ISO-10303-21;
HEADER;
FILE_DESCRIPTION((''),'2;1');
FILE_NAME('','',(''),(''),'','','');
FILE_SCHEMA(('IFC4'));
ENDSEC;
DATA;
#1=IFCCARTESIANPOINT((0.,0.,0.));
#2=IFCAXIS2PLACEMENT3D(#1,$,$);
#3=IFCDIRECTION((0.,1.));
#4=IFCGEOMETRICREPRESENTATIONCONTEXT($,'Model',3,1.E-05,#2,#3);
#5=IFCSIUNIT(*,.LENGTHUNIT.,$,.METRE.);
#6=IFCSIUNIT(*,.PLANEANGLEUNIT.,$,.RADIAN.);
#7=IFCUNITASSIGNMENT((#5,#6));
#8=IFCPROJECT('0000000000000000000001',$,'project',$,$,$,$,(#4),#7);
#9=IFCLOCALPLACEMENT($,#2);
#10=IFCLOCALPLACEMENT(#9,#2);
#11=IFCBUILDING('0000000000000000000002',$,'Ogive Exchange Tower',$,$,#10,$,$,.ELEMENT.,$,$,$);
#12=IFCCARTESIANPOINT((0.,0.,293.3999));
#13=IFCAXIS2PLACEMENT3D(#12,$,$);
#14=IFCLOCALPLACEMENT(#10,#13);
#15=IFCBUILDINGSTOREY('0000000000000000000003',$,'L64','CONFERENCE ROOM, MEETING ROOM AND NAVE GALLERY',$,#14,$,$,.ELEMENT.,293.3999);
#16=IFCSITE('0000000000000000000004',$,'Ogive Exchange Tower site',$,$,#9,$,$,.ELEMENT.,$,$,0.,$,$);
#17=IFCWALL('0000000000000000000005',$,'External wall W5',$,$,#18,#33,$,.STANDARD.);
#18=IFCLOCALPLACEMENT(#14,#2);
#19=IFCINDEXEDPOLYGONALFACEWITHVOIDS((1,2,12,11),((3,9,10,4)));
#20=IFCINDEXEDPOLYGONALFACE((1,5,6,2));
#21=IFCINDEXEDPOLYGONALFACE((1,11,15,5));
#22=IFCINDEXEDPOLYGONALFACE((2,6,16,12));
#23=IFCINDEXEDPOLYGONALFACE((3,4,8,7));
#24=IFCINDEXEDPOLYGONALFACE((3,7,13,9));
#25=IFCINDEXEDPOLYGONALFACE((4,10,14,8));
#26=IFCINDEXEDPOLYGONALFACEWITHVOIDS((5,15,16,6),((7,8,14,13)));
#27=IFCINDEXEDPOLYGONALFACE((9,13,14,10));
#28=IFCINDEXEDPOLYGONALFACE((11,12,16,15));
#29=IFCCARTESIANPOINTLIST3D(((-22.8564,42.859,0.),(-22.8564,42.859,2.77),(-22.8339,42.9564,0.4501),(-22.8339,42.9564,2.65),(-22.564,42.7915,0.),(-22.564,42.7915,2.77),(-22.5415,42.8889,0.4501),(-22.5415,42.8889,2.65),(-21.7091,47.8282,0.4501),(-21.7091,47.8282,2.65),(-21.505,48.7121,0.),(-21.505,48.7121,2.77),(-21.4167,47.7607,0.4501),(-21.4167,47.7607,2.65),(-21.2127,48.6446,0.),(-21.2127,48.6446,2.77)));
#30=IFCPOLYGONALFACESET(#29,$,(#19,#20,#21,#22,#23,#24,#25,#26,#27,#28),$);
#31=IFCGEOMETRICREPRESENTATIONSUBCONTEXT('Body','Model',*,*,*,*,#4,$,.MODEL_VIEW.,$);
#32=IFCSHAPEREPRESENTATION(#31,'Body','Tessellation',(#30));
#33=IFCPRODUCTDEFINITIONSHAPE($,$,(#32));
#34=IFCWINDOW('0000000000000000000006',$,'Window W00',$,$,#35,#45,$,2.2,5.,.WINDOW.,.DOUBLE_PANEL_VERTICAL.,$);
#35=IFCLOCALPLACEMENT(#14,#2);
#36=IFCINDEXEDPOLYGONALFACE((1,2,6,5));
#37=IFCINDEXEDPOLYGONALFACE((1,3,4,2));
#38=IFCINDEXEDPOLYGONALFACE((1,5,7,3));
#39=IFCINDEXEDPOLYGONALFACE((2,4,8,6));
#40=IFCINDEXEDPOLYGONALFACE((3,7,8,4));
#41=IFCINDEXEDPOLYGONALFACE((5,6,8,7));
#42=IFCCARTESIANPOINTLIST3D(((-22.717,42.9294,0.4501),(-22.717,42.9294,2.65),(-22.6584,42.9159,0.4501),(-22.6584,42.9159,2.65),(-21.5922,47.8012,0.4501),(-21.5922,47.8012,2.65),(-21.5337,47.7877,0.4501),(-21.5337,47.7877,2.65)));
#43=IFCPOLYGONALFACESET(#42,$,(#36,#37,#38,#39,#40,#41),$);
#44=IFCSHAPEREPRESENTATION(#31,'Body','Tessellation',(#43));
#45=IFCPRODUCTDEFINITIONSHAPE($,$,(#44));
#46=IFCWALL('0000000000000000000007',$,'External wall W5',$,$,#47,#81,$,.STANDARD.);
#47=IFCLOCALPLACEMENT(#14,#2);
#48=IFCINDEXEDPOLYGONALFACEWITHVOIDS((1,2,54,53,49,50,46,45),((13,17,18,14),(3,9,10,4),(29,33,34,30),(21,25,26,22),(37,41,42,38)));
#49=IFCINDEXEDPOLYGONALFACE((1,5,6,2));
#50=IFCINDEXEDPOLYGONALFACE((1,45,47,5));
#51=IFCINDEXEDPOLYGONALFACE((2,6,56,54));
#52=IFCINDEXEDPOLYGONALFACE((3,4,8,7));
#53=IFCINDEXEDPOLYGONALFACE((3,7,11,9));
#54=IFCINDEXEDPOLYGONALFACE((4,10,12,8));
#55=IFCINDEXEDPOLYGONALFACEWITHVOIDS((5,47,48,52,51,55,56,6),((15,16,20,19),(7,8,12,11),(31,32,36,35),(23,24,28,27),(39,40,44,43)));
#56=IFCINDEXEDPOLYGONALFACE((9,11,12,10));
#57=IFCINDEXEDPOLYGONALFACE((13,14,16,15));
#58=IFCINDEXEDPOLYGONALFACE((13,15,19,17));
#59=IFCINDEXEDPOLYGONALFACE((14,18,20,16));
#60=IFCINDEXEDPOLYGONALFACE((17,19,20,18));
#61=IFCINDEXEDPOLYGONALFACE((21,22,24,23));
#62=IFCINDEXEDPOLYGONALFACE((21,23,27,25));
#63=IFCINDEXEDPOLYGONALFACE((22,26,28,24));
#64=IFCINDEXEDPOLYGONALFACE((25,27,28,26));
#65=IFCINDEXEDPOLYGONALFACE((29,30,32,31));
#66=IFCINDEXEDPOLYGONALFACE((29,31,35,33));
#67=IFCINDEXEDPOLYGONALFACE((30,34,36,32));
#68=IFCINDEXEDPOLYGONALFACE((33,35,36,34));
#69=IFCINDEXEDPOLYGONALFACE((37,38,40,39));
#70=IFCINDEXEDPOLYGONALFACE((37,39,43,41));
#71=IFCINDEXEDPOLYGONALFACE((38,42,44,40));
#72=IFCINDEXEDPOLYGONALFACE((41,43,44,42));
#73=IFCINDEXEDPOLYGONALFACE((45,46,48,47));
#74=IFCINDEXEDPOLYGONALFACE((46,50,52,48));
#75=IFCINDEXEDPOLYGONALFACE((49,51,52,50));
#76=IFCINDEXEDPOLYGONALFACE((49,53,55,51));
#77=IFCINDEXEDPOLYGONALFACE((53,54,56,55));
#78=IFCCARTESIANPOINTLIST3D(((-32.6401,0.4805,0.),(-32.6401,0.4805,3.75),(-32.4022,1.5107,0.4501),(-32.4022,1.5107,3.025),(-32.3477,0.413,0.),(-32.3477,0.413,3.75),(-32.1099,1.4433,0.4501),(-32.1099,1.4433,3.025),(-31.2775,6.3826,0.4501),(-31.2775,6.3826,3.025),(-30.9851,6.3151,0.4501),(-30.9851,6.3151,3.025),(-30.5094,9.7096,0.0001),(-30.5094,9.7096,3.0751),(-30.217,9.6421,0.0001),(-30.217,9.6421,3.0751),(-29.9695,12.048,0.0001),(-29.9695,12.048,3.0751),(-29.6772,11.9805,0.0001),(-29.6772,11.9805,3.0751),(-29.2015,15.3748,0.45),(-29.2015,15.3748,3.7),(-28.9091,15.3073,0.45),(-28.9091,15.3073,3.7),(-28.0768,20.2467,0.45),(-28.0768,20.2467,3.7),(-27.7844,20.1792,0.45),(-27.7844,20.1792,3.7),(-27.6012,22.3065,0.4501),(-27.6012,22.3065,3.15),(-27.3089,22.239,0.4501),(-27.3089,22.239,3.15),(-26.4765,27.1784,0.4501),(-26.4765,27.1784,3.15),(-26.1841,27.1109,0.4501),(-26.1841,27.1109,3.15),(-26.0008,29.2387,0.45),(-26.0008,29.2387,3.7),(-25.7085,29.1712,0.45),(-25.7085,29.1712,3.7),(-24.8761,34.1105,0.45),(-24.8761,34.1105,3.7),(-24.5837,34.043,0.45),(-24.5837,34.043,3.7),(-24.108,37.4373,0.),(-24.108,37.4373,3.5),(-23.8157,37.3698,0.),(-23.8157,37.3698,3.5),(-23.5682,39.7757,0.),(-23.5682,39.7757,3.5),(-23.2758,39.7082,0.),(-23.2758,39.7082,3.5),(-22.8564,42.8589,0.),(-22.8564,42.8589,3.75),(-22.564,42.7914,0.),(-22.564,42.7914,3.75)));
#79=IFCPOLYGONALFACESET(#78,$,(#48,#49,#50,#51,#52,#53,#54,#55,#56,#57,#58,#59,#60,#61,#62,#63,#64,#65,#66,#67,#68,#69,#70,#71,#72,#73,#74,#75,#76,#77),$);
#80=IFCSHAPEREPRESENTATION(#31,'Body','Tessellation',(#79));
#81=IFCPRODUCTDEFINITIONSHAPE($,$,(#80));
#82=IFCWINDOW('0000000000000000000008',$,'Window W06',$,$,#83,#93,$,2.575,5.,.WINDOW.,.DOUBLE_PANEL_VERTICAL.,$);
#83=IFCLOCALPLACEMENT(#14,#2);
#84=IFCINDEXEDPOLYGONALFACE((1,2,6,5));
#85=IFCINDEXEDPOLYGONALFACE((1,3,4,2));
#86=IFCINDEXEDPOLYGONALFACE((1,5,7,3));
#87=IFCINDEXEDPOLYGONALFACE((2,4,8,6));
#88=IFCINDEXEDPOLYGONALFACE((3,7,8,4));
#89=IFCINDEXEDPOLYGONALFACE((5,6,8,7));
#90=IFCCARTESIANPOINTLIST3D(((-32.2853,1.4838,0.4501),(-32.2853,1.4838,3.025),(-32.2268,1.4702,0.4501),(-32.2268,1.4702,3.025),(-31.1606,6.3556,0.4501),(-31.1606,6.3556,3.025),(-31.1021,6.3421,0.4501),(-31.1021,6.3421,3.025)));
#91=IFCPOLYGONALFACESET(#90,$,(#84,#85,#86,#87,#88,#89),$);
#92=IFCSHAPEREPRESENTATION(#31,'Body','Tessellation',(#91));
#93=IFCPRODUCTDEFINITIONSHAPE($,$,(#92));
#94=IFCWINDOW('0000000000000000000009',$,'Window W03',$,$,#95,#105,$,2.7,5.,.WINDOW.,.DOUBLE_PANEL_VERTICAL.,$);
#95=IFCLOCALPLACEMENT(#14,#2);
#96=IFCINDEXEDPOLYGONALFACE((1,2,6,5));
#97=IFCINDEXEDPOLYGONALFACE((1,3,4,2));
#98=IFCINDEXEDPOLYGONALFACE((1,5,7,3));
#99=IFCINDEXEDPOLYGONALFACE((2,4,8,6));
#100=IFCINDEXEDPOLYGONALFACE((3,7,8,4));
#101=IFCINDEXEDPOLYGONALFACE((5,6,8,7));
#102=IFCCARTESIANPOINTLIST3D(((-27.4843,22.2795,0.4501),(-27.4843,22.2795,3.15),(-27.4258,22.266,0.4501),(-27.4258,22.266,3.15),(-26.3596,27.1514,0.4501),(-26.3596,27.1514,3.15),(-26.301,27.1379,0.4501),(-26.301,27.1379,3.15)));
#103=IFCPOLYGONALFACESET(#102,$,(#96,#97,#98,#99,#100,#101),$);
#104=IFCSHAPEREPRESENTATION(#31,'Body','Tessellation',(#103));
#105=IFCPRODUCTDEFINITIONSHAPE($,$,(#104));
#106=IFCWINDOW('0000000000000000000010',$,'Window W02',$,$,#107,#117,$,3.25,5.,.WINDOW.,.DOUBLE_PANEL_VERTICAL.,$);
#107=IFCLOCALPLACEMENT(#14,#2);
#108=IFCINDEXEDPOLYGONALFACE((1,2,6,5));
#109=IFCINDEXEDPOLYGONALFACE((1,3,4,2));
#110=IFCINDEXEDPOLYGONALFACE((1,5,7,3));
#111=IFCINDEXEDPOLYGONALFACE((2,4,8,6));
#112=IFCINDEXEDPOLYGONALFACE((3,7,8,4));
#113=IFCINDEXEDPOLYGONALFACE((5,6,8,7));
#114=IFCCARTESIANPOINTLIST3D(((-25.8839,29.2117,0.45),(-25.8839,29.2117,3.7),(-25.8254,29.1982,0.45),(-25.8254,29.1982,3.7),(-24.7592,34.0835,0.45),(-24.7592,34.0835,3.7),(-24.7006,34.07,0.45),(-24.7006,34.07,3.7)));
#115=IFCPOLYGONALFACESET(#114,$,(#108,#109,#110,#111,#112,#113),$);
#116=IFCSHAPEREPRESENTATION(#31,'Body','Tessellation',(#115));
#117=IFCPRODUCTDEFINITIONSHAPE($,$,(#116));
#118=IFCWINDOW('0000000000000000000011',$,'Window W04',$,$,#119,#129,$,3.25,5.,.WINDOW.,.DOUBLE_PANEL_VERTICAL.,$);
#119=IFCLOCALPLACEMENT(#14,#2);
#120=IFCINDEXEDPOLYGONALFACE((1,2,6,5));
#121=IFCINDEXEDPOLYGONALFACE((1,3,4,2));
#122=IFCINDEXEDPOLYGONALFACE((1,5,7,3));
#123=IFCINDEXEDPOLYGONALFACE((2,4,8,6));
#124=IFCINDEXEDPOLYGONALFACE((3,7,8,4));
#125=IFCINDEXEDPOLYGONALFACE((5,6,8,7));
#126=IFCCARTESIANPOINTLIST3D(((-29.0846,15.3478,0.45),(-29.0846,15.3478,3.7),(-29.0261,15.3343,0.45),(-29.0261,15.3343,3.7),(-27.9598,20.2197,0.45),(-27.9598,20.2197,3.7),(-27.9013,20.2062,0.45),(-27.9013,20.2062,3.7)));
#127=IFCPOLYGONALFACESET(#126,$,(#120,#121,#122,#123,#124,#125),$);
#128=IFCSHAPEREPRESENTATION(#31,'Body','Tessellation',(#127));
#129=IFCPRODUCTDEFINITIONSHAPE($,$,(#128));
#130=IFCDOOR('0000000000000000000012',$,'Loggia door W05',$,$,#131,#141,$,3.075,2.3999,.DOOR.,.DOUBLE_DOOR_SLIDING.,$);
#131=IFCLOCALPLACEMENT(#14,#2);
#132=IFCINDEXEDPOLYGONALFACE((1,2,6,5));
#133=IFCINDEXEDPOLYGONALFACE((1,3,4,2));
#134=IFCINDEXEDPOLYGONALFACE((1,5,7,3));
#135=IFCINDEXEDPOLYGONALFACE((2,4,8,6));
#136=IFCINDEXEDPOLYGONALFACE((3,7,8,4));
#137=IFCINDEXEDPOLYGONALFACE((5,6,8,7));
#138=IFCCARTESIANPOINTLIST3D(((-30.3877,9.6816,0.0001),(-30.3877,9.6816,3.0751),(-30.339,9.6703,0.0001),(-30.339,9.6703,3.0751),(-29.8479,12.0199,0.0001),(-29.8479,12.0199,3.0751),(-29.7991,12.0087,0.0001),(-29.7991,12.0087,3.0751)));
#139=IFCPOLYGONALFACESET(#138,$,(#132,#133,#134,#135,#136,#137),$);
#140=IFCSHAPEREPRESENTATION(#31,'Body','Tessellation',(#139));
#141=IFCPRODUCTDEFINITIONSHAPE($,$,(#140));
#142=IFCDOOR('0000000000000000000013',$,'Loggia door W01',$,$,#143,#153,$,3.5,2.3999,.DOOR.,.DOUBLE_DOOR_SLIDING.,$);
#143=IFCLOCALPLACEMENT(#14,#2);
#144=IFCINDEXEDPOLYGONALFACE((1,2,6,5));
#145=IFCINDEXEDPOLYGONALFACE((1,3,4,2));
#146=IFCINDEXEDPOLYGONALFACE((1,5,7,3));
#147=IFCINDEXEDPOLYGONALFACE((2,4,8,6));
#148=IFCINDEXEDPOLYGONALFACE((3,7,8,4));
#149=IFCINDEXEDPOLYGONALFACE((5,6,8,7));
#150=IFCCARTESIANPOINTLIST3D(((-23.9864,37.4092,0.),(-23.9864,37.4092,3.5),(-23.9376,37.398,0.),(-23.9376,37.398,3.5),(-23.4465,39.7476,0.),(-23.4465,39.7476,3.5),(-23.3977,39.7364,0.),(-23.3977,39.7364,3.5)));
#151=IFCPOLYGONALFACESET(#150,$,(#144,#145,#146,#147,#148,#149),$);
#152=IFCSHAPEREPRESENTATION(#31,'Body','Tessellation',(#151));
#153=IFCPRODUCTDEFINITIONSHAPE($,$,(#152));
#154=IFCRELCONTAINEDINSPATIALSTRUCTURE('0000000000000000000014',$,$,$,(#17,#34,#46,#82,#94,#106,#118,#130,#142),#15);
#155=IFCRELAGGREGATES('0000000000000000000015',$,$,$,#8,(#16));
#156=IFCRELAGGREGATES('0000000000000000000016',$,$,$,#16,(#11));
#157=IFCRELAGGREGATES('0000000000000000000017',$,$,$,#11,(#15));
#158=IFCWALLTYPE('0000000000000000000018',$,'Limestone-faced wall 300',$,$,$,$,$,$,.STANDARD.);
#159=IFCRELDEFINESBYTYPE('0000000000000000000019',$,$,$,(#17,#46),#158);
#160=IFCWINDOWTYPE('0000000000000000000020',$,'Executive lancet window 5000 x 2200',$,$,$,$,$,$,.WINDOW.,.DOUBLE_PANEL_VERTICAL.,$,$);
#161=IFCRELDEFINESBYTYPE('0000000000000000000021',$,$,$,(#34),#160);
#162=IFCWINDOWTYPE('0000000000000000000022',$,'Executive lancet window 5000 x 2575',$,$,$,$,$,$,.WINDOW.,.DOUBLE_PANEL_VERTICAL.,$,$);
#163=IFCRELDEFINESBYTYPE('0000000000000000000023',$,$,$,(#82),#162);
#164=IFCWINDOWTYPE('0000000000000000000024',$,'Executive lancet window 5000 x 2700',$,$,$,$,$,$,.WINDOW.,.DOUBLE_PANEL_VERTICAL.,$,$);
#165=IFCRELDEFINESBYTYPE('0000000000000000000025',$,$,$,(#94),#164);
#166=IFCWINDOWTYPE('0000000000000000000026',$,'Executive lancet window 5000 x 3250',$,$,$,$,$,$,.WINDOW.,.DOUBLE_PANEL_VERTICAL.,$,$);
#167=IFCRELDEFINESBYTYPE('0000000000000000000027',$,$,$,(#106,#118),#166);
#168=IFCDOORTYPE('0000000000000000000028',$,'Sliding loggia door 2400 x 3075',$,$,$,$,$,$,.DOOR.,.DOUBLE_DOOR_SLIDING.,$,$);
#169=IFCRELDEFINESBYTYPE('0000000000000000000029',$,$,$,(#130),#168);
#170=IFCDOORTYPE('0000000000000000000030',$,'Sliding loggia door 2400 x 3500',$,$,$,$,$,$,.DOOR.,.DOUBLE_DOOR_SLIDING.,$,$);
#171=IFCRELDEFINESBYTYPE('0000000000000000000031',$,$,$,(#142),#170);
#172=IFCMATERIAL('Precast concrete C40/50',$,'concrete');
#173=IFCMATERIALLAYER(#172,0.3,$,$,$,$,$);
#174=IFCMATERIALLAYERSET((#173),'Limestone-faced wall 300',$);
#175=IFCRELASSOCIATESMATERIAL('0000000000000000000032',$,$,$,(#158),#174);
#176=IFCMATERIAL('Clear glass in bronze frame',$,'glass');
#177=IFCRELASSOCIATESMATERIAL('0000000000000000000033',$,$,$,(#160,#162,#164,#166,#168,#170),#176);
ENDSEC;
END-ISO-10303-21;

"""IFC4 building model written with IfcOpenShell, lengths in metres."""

from ifc_helpers import new_model, si_unit, direction, frame, frame_2d, origin, place, context, subcontext, project, spatial, rectangle, extrude, material, layer, layer_set, type_object, element, fill, save


model = new_model("IFC4")

# Units and contexts
model_context = context("Model", 3, precision=1e-05, world=origin(), true_north=direction((0.0, 1.0)))
body_context = subcontext(model_context, "Body", "Model", "MODEL_VIEW")
ifc_project = project(units=[si_unit("LENGTHUNIT", "METRE"), si_unit("PLANEANGLEUNIT", "RADIAN")], contexts=[model_context])

# Site, building, storey
site_placement = place(None, origin())
site = spatial("IfcSite", under=ifc_project, at=site_placement, Name="Ogive Exchange Tower site", CompositionType="ELEMENT", RefElevation=0.0)
building_placement = place(site_placement, origin())
building = spatial("IfcBuilding", under=site, at=building_placement, Name="Ogive Exchange Tower", CompositionType="ELEMENT")
storey_placement = place(building_placement, frame((0.0, 0.0, 293.3999)))
storey = spatial("IfcBuildingStorey", under=building, at=storey_placement, Name="L64", Description="CONFERENCE ROOM, MEETING ROOM AND NAVE GALLERY", CompositionType="ELEMENT", Elevation=293.3999)

# Wall, opening, window
ifc_material_1 = material(Name="Precast concrete C40/50", Category="concrete")
ifc_layer_1 = layer(ifc_material_1, 0.3)
ifc_layer_set_1 = layer_set([ifc_layer_1], Name="Limestone-faced wall 300")
wall_type_1 = type_object("IfcWallType", Name="Limestone-faced wall 300", PredefinedType="STANDARD", material=ifc_layer_set_1)
wall_1_placement = place(storey_placement, frame((-21.3589, 48.6782, 0.0), z_axis=(0.0, 0.0, 1.0), x_axis=(-0.224957, -0.974369, 0.0)))
wall_1 = element("IfcWall", 1, at=wall_1_placement, inside=storey, type_object=wall_type_1, Name="External wall W5", PredefinedType="STANDARD", context=body_context, shape_type="SweptSolid", body=[
    extrude(rectangle(XDim=6.0071, YDim=0.3, at=frame_2d((3.0034, 0.0))), origin(), (0.0, 0.0, 1.0), 2.77),
])
opening_1_placement = place(wall_1_placement, frame((0.907, 0.0, 0.45)))
opening_1 = element("IfcOpeningElement", 2, at=opening_1_placement, cuts=wall_1, PredefinedType="OPENING", context=body_context, shape_type="SweptSolid", body=[
    extrude(rectangle(XDim=5.0, YDim=2.2, at=frame_2d((2.5, 1.1001))), frame((0.0, 0.1599, 0.0), z_axis=(0.0, -1.0, 0.0), x_axis=(1.0, 0.0, 0.0)), (0.0, 0.0, 1.0), 0.3201),
])
ifc_material_2 = material(Name="Clear glass in bronze frame", Category="glass")
window_type_1 = type_object("IfcWindowType", Name="Executive lancet window 5000 x 2200", PartitioningType="DOUBLE_PANEL_VERTICAL", PredefinedType="WINDOW", material=ifc_material_2)
window_1_placement = place(opening_1_placement, origin())
window_1 = element("IfcWindow", 3, at=window_1_placement, inside=storey, type_object=window_type_1, Name="Window W00", OverallHeight=2.2, OverallWidth=5.0, PartitioningType="DOUBLE_PANEL_VERTICAL", PredefinedType="WINDOW", context=body_context, shape_type="SweptSolid", body=[
    extrude(rectangle(XDim=5.0, YDim=2.2, at=frame_2d((2.5, 1.1001))), frame((0.0, 0.03, 0.0), z_axis=(0.0, -1.0, 0.0), x_axis=(1.0, 0.0, 0.0)), (0.0, 0.0, 1.0), 0.0601),
])
fill(opening_1, window_1)

# Wall, openings, windows, doors
wall_2_placement = place(storey_placement, frame((-22.7102, 42.8252, 0.0), z_axis=(0.0, 0.0, 1.0), x_axis=(-0.224948, -0.974371, 0.0)))
wall_2 = element("IfcWall", 4, at=wall_2_placement, inside=storey, type_object=wall_type_1, Name="External wall W5", PredefinedType="STANDARD", context=body_context, shape_type="SweptSolid", body=[
    extrude(rectangle(XDim=43.4932, YDim=0.3, at=frame_2d((21.7466, 0.0))), origin(), (0.0, 0.0, 1.0), 3.75),
])
opening_2_placement = place(wall_2_placement, frame((3.1643, 0.0, 0.0)))
opening_2 = element("IfcOpeningElement", 5, at=opening_2_placement, cuts=wall_2, PredefinedType="OPENING", context=body_context, shape_type="SweptSolid", body=[
    extrude(rectangle(XDim=2.3999, YDim=3.5, at=frame_2d((1.2, 1.75))), frame((0.0, 0.1599, 0.0), z_axis=(0.0, -1.0, 0.0), x_axis=(1.0, 0.0, 0.0)), (0.0, 0.0, 1.0), 0.3201),
])
opening_3_placement = place(wall_2_placement, frame((8.9785, 0.0, 0.45)))
opening_3 = element("IfcOpeningElement", 6, at=opening_3_placement, cuts=wall_2, PredefinedType="OPENING", context=body_context, shape_type="SweptSolid", body=[
    extrude(rectangle(XDim=5.0, YDim=3.25, at=frame_2d((2.5, 1.625))), frame((0.0, 0.1599, 0.0), z_axis=(0.0, -1.0, 0.0), x_axis=(1.0, 0.0, 0.0)), (0.0, 0.0, 1.0), 0.3201),
])
opening_4_placement = place(wall_2_placement, frame((16.093, 0.0, 0.45)))
opening_4 = element("IfcOpeningElement", 7, at=opening_4_placement, cuts=wall_2, PredefinedType="OPENING", context=body_context, shape_type="SweptSolid", body=[
    extrude(rectangle(XDim=5.0, YDim=2.7, at=frame_2d((2.5, 1.3501))), frame((0.0, 0.1599, 0.0), z_axis=(0.0, -1.0, 0.0), x_axis=(1.0, 0.0, 0.0)), (0.0, 0.0, 1.0), 0.3201),
])
opening_5_placement = place(wall_2_placement, frame((23.207, 0.0, 0.45)))
opening_5 = element("IfcOpeningElement", 8, at=opening_5_placement, cuts=wall_2, PredefinedType="OPENING", context=body_context, shape_type="SweptSolid", body=[
    extrude(rectangle(XDim=5.0, YDim=3.25, at=frame_2d((2.5, 1.625))), frame((0.0, 0.1599, 0.0), z_axis=(0.0, -1.0, 0.0), x_axis=(1.0, 0.0, 0.0)), (0.0, 0.0, 1.0), 0.3201),
])
opening_6_placement = place(wall_2_placement, frame((31.6213, 0.0, 0.0)))
opening_6 = element("IfcOpeningElement", 9, at=opening_6_placement, cuts=wall_2, PredefinedType="OPENING", context=body_context, shape_type="SweptSolid", body=[
    extrude(rectangle(XDim=2.3999, YDim=3.075, at=frame_2d((1.2, 1.5376))), frame((0.0, 0.1599, 0.0), z_axis=(0.0, -1.0, 0.0), x_axis=(1.0, 0.0, 0.0)), (0.0, 0.0, 1.0), 0.3201),
])
opening_7_placement = place(wall_2_placement, frame((37.4358, 0.0, 0.45)))
opening_7 = element("IfcOpeningElement", 10, at=opening_7_placement, cuts=wall_2, PredefinedType="OPENING", context=body_context, shape_type="SweptSolid", body=[
    extrude(rectangle(XDim=5.0, YDim=2.575, at=frame_2d((2.5, 1.2876))), frame((0.0, 0.1599, 0.0), z_axis=(0.0, -1.0, 0.0), x_axis=(1.0, 0.0, 0.0)), (0.0, 0.0, 1.0), 0.3201),
])
window_type_2 = type_object("IfcWindowType", Name="Executive lancet window 5000 x 2575", PartitioningType="DOUBLE_PANEL_VERTICAL", PredefinedType="WINDOW", material=ifc_material_2)
window_2_placement = place(opening_7_placement, origin())
window_2 = element("IfcWindow", 11, at=window_2_placement, inside=storey, type_object=window_type_2, Name="Window W06", OverallHeight=2.575, OverallWidth=5.0, PartitioningType="DOUBLE_PANEL_VERTICAL", PredefinedType="WINDOW", context=body_context, shape_type="SweptSolid", body=[
    extrude(rectangle(XDim=5.0, YDim=2.575, at=frame_2d((2.5, 1.2876))), frame((0.0, 0.03, 0.0), z_axis=(0.0, -1.0, 0.0), x_axis=(1.0, 0.0, 0.0)), (0.0, 0.0, 1.0), 0.0601),
])
fill(opening_7, window_2)
window_type_3 = type_object("IfcWindowType", Name="Executive lancet window 5000 x 2700", PartitioningType="DOUBLE_PANEL_VERTICAL", PredefinedType="WINDOW", material=ifc_material_2)
window_3_placement = place(opening_4_placement, origin())
window_3 = element("IfcWindow", 12, at=window_3_placement, inside=storey, type_object=window_type_3, Name="Window W03", OverallHeight=2.7, OverallWidth=5.0, PartitioningType="DOUBLE_PANEL_VERTICAL", PredefinedType="WINDOW", context=body_context, shape_type="SweptSolid", body=[
    extrude(rectangle(XDim=5.0, YDim=2.7, at=frame_2d((2.5, 1.3501))), frame((0.0, 0.03, 0.0), z_axis=(0.0, -1.0, 0.0), x_axis=(1.0, 0.0, 0.0)), (0.0, 0.0, 1.0), 0.0601),
])
fill(opening_4, window_3)
window_type_4 = type_object("IfcWindowType", Name="Executive lancet window 5000 x 3250", PartitioningType="DOUBLE_PANEL_VERTICAL", PredefinedType="WINDOW", material=ifc_material_2)
window_4_placement = place(opening_3_placement, origin())
window_4 = element("IfcWindow", 13, at=window_4_placement, inside=storey, type_object=window_type_4, Name="Window W02", OverallHeight=3.25, OverallWidth=5.0, PartitioningType="DOUBLE_PANEL_VERTICAL", PredefinedType="WINDOW", context=body_context, shape_type="SweptSolid", body=[
    extrude(rectangle(XDim=5.0, YDim=3.25, at=frame_2d((2.5, 1.625))), frame((0.0, 0.03, 0.0), z_axis=(0.0, -1.0, 0.0), x_axis=(1.0, 0.0, 0.0)), (0.0, 0.0, 1.0), 0.0601),
])
fill(opening_3, window_4)
window_5_placement = place(opening_5_placement, origin())
window_5 = element("IfcWindow", 14, at=window_5_placement, inside=storey, type_object=window_type_4, Name="Window W04", OverallHeight=3.25, OverallWidth=5.0, PartitioningType="DOUBLE_PANEL_VERTICAL", PredefinedType="WINDOW", context=body_context, shape_type="SweptSolid", body=[
    extrude(rectangle(XDim=5.0, YDim=3.25, at=frame_2d((2.5, 1.625))), frame((0.0, 0.03, 0.0), z_axis=(0.0, -1.0, 0.0), x_axis=(1.0, 0.0, 0.0)), (0.0, 0.0, 1.0), 0.0601),
])
fill(opening_5, window_5)
door_type_1 = type_object("IfcDoorType", Name="Sliding loggia door 2400 x 3075", OperationType="DOUBLE_DOOR_SLIDING", PredefinedType="DOOR", material=ifc_material_2)
door_1_placement = place(opening_6_placement, origin())
door_1 = element("IfcDoor", 15, at=door_1_placement, inside=storey, type_object=door_type_1, Name="Loggia door W05", OperationType="DOUBLE_DOOR_SLIDING", OverallHeight=3.075, OverallWidth=2.3999, PredefinedType="DOOR", context=body_context, shape_type="SweptSolid", body=[
    extrude(rectangle(XDim=2.3999, YDim=3.075, at=frame_2d((1.2, 1.5376))), frame((0.0, 0.0249, 0.0), z_axis=(0.0, -1.0, 0.0), x_axis=(1.0, 0.0, 0.0)), (0.0, 0.0, 1.0), 0.05),
])
fill(opening_6, door_1)
door_type_2 = type_object("IfcDoorType", Name="Sliding loggia door 2400 x 3500", OperationType="DOUBLE_DOOR_SLIDING", PredefinedType="DOOR", material=ifc_material_2)
door_2_placement = place(opening_2_placement, origin())
door_2 = element("IfcDoor", 16, at=door_2_placement, inside=storey, type_object=door_type_2, Name="Loggia door W01", OperationType="DOUBLE_DOOR_SLIDING", OverallHeight=3.5, OverallWidth=2.3999, PredefinedType="DOOR", context=body_context, shape_type="SweptSolid", body=[
    extrude(rectangle(XDim=2.3999, YDim=3.5, at=frame_2d((1.2, 1.75))), frame((0.0, 0.0249, 0.0), z_axis=(0.0, -1.0, 0.0), x_axis=(1.0, 0.0, 0.0)), (0.0, 0.0, 1.0), 0.05),
])
fill(opening_2, door_2)

save(model, "model.ifc")
